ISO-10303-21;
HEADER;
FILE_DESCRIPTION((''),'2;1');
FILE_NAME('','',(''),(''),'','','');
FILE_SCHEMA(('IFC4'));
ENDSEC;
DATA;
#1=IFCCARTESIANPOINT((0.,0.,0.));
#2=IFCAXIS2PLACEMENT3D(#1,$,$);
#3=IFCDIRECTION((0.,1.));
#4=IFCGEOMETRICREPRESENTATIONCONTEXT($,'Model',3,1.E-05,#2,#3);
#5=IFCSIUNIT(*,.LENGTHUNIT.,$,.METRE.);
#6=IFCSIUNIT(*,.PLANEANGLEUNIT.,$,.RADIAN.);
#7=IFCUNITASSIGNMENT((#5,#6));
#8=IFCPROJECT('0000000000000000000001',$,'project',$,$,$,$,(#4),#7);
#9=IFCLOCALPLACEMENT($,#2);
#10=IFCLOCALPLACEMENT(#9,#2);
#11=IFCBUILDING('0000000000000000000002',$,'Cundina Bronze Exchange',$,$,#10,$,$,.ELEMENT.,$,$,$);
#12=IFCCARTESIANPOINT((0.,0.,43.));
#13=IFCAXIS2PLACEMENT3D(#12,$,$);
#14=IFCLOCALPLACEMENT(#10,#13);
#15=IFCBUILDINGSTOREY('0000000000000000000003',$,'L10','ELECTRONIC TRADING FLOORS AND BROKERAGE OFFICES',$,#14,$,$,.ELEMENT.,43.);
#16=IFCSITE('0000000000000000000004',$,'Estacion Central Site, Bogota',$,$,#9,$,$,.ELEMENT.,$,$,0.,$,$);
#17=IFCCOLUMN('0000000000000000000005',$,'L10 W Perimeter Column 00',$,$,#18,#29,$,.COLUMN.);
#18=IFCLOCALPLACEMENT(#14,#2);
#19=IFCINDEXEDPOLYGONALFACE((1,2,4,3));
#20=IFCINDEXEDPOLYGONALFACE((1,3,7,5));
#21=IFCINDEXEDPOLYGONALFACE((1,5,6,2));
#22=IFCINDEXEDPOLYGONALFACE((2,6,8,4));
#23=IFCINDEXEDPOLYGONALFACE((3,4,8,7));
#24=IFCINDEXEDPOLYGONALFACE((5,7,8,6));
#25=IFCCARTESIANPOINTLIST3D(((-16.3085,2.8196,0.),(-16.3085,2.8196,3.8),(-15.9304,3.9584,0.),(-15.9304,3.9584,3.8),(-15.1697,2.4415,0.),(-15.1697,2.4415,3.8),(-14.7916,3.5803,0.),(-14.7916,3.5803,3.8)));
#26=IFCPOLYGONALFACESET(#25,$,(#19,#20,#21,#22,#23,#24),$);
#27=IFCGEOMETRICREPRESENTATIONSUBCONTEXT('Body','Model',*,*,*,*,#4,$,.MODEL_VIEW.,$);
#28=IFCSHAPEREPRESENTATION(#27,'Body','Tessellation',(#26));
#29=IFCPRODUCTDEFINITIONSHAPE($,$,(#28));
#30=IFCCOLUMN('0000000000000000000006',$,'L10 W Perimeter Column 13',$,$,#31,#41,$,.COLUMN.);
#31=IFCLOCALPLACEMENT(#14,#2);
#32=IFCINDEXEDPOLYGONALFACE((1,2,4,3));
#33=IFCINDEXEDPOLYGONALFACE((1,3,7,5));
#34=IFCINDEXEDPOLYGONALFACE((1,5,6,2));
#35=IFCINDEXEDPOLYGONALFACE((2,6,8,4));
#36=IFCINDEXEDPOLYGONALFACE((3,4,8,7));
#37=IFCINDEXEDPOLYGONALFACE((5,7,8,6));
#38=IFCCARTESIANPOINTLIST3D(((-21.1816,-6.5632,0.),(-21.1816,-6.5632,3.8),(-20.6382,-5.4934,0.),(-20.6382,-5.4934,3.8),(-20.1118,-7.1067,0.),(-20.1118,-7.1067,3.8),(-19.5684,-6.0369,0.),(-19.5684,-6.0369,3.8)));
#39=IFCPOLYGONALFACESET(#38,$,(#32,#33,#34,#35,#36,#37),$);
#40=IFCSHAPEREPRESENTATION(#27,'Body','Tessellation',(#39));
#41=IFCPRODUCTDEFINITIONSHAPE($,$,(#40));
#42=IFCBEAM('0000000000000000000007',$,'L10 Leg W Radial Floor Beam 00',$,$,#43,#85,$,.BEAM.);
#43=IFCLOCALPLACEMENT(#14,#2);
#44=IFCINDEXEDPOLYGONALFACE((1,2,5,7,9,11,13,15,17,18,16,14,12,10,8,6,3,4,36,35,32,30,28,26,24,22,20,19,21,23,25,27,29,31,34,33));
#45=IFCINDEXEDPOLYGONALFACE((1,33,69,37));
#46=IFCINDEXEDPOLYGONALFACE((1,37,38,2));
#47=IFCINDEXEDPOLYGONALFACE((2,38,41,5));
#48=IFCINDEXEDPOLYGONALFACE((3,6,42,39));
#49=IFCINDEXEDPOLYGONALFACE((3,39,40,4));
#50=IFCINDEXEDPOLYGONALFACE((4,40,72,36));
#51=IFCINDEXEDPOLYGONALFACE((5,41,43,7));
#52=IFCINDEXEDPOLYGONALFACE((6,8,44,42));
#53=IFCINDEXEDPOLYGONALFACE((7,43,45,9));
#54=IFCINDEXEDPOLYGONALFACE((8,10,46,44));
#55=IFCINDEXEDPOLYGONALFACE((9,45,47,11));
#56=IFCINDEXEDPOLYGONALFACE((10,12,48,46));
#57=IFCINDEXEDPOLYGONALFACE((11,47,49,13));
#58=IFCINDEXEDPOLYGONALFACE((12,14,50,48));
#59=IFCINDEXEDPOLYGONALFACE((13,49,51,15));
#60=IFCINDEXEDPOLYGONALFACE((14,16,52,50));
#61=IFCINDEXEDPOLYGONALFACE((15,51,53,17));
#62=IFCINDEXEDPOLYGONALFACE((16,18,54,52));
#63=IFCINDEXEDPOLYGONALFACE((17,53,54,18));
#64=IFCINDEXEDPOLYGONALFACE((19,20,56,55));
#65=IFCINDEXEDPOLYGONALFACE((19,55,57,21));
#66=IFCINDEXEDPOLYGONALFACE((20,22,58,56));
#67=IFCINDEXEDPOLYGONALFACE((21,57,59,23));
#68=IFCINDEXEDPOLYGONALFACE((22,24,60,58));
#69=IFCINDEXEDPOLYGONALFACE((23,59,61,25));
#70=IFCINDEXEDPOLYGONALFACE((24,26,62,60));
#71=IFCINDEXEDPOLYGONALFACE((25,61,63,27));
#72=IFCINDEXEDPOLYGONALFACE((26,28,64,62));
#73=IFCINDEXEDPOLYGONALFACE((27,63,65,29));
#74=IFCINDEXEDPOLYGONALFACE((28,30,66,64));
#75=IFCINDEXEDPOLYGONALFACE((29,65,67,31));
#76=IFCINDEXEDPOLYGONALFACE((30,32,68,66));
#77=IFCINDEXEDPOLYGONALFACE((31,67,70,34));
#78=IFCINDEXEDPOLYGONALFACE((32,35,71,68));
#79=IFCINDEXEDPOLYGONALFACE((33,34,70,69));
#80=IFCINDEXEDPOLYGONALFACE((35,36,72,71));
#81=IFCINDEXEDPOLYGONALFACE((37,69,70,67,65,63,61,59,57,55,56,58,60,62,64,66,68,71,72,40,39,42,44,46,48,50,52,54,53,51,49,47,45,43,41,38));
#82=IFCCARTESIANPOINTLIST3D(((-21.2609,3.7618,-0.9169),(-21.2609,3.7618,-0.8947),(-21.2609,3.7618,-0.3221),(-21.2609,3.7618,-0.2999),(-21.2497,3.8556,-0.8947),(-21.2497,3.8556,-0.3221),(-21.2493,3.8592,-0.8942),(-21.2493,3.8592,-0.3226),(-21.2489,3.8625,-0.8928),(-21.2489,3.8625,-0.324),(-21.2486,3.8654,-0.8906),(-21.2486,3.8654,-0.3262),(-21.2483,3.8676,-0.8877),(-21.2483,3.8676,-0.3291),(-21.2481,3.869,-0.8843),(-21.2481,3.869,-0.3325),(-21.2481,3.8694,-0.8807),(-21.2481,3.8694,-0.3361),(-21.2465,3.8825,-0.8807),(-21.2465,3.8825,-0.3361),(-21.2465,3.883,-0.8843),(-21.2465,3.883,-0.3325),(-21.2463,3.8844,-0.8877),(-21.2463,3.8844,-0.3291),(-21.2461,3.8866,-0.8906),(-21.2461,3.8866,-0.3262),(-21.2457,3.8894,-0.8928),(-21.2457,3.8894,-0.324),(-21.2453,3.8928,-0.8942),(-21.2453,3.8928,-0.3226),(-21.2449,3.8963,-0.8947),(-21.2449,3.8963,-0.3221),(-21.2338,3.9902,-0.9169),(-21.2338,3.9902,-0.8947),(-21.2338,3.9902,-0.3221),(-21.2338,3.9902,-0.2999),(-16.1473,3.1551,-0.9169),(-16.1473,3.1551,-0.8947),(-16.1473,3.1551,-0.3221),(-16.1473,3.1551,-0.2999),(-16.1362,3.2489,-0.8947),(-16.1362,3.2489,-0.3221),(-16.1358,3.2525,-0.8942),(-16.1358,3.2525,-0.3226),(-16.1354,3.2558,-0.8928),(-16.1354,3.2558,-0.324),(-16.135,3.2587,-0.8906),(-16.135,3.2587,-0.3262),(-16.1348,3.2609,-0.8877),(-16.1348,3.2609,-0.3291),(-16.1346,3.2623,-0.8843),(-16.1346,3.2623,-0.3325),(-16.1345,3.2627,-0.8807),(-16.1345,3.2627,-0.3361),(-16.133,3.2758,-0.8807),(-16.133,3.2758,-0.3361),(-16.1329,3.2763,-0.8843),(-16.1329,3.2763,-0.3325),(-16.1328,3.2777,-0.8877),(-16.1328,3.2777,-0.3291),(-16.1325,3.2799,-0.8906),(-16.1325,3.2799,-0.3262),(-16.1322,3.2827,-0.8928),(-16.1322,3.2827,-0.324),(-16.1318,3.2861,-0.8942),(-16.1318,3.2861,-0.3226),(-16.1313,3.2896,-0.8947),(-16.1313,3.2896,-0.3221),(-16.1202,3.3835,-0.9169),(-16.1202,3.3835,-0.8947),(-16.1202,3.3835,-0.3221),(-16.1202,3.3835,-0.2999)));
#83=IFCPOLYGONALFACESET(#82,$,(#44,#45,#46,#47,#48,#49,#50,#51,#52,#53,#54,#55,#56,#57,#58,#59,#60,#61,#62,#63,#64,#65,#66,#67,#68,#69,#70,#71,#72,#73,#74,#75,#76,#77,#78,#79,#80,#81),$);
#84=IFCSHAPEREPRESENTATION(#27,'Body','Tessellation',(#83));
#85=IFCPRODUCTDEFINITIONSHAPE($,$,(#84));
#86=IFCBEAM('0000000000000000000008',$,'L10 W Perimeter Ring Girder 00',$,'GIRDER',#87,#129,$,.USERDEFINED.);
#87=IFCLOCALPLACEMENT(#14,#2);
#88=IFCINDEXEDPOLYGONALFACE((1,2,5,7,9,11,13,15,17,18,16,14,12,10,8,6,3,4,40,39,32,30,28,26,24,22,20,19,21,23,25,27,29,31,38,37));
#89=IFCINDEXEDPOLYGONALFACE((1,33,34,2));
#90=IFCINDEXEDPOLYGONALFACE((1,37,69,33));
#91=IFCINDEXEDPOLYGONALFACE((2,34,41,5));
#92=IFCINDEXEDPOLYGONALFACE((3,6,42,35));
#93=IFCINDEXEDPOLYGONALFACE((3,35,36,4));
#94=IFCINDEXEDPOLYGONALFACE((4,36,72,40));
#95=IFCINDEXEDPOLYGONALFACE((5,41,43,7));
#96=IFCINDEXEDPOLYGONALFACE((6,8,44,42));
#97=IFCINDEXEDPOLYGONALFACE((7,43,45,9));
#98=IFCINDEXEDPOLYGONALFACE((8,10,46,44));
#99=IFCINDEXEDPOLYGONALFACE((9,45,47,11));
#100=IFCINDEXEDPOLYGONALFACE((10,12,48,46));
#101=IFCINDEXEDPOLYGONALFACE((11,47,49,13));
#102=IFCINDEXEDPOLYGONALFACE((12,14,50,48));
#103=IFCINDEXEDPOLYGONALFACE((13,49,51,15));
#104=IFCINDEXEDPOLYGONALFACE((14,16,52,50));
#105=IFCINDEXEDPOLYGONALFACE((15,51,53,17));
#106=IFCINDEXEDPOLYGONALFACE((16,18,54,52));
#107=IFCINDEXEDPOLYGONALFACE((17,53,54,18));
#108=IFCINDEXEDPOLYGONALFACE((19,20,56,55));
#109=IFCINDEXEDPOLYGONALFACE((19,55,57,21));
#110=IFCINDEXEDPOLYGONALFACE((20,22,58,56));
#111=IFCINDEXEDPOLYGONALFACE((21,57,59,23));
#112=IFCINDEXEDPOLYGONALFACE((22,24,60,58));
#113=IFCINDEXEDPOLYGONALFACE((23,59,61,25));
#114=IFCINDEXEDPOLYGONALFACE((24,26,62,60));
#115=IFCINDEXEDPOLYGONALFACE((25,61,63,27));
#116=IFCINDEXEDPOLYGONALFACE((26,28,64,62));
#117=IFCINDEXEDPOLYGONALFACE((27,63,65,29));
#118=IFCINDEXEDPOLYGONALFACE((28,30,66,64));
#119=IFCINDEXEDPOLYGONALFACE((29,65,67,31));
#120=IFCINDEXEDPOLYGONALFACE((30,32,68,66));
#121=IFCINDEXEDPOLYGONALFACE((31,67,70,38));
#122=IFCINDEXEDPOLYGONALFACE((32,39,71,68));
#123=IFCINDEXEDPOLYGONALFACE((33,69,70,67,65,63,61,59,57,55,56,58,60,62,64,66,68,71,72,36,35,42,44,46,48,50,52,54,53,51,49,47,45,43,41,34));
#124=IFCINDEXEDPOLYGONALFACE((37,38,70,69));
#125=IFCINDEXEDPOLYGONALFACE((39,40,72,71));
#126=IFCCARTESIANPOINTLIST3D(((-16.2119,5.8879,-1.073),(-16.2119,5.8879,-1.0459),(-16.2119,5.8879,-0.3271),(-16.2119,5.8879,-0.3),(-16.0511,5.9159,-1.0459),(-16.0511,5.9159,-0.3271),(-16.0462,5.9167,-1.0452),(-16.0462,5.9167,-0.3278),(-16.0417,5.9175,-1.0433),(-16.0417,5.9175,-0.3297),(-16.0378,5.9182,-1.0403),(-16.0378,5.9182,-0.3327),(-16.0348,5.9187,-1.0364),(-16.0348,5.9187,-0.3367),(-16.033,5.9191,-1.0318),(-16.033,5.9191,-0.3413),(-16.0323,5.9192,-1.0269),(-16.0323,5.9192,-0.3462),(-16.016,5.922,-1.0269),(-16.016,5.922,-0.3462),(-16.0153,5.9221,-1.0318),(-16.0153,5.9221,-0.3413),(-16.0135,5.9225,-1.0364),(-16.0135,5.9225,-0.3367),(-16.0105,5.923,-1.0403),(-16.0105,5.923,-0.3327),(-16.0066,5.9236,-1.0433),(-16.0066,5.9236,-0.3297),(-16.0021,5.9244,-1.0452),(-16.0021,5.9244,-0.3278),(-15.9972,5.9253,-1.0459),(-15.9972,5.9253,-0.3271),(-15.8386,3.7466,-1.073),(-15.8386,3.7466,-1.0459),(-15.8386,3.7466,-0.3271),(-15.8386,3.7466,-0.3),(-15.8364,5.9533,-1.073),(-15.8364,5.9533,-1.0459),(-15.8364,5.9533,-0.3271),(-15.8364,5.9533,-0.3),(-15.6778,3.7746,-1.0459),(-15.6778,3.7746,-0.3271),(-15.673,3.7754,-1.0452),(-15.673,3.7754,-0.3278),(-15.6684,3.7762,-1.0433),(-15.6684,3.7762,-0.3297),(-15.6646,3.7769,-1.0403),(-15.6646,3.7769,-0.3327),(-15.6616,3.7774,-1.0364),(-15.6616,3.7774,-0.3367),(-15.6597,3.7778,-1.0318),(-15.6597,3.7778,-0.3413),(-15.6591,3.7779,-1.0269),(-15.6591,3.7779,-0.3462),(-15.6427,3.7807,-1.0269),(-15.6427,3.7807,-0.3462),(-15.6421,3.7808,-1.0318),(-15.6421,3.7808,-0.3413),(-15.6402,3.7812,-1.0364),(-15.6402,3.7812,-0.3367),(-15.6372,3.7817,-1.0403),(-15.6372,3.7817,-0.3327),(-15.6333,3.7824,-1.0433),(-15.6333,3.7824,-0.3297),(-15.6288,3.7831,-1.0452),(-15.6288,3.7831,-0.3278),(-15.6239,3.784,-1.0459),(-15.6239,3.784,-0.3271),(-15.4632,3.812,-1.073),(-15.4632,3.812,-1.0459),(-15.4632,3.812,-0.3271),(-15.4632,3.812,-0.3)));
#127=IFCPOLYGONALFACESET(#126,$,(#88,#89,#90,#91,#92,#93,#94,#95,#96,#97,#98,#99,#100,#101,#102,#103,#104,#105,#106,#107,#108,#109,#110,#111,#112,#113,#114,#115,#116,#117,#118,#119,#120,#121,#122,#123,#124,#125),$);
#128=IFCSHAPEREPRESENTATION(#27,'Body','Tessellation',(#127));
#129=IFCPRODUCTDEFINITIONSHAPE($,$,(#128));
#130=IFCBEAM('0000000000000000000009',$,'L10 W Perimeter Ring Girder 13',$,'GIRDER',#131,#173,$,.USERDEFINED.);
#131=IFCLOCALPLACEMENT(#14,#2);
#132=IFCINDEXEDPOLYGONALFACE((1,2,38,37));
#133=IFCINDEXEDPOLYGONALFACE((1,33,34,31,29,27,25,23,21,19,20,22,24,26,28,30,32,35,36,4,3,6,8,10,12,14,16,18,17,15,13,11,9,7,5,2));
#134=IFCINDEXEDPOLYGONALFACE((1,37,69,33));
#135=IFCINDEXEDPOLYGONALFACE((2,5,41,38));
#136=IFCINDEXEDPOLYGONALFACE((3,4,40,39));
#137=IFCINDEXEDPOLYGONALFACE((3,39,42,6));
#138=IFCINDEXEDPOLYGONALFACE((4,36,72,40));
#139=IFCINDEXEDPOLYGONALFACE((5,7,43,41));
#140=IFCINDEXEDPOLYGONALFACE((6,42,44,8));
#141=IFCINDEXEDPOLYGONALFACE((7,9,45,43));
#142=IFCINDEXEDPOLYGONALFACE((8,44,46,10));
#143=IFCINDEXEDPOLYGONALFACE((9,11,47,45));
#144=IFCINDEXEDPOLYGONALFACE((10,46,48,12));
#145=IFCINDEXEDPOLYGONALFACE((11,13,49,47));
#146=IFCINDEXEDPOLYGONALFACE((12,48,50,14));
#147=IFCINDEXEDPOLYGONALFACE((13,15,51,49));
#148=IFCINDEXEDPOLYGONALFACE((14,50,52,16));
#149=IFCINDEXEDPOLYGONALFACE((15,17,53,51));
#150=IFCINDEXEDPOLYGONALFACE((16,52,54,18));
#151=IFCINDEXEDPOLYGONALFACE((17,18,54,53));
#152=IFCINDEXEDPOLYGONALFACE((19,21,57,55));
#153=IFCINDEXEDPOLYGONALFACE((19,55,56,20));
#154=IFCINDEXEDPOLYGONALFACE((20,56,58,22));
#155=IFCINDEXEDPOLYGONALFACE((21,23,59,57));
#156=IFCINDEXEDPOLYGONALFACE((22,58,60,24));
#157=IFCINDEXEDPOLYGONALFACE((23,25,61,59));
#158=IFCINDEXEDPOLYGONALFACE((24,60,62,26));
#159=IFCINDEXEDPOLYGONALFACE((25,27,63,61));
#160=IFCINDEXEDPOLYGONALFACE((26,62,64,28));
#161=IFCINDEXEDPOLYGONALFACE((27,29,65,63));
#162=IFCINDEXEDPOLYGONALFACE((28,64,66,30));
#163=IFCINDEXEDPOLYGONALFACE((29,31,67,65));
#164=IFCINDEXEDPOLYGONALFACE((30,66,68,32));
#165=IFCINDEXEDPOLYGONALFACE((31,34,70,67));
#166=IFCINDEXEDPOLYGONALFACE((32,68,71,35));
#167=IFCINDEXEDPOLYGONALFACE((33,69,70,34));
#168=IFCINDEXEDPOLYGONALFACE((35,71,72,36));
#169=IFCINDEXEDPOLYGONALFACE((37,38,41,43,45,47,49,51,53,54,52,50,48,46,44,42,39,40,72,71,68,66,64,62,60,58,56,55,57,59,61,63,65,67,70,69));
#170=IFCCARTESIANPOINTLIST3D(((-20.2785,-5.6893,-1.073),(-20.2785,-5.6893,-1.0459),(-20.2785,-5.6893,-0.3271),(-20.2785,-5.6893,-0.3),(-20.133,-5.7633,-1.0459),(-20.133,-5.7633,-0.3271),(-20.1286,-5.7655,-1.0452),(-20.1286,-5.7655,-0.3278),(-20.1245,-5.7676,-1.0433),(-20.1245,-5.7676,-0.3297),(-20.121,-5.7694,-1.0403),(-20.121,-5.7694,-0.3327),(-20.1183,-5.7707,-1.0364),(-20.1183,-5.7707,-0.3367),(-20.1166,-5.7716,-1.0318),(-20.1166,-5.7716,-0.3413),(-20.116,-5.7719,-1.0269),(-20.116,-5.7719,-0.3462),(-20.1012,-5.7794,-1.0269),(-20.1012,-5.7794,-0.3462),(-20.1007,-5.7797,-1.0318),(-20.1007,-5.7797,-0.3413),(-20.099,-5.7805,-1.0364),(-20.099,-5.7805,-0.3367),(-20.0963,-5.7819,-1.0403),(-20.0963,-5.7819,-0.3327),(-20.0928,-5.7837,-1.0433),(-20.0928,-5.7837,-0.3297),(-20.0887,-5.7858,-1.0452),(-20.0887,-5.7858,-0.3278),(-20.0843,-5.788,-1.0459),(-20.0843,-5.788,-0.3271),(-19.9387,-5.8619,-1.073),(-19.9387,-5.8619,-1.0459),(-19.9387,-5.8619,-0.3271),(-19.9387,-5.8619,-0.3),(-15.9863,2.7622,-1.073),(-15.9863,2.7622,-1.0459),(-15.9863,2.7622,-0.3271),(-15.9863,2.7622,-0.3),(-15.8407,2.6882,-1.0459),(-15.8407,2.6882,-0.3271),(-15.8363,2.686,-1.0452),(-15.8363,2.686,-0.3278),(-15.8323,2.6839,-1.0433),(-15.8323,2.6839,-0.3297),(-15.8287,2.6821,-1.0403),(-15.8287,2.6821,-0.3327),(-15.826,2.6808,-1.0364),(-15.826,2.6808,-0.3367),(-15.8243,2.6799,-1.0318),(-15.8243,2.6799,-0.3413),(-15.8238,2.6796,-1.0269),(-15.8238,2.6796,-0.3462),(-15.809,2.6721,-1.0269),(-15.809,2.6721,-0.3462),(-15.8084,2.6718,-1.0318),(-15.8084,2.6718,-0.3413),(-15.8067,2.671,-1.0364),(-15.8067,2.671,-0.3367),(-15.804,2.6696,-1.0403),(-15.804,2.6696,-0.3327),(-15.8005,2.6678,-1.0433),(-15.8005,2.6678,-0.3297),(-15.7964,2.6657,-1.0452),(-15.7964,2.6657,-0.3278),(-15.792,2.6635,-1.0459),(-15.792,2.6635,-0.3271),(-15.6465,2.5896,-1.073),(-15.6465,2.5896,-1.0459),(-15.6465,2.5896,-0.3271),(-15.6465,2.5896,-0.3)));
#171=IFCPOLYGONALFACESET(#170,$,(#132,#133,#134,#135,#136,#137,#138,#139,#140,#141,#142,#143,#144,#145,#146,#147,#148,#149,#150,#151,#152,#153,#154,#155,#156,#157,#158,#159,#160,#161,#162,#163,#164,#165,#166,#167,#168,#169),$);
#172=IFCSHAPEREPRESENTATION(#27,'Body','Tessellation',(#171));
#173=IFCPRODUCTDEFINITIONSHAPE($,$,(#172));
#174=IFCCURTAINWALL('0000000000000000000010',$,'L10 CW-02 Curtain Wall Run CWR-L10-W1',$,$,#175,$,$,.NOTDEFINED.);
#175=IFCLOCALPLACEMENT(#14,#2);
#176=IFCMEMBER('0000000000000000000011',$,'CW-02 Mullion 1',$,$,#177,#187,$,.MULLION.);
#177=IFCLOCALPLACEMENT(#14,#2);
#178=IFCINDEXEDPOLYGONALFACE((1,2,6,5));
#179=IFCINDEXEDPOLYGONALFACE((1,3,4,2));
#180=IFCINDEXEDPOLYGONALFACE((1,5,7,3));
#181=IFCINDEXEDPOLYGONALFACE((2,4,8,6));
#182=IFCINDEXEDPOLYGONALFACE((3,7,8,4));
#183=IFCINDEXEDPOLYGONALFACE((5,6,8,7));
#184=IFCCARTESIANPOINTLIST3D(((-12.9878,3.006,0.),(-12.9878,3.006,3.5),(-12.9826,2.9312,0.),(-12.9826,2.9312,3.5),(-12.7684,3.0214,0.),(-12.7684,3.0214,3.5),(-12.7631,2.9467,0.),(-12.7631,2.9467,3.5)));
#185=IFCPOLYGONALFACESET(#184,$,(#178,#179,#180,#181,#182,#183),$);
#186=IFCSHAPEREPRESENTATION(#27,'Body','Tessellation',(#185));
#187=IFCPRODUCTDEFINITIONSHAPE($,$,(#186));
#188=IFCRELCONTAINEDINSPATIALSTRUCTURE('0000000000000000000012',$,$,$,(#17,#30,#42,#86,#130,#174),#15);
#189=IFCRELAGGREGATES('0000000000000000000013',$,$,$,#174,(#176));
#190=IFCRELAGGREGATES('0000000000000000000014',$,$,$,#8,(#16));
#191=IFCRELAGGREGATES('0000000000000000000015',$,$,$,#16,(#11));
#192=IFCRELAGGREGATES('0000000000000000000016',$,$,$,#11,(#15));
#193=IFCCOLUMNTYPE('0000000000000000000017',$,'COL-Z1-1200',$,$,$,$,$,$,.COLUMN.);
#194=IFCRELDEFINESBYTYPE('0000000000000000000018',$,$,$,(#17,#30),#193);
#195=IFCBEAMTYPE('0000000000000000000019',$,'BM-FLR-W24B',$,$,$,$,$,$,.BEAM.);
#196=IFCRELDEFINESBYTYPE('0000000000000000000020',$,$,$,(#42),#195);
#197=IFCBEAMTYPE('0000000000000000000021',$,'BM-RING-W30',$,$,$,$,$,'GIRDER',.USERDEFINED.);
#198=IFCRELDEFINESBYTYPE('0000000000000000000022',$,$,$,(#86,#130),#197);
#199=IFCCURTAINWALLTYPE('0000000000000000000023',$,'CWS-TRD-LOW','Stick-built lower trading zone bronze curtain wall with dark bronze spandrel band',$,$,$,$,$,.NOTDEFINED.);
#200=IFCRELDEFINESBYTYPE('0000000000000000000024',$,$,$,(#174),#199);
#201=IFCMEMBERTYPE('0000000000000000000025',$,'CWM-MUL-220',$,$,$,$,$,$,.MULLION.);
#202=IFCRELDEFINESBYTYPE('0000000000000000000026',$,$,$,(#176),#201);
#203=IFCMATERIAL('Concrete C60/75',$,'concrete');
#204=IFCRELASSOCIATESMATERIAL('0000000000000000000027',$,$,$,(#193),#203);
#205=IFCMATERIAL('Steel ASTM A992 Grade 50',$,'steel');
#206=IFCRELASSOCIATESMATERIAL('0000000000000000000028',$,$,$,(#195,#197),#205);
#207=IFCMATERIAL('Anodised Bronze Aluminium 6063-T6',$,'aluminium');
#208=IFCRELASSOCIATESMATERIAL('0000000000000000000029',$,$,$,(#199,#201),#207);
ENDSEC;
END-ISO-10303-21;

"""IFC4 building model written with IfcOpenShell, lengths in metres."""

from ifc_helpers import new_model, si_unit, direction, frame, origin, origin_2d, place, context, subcontext, project, spatial, rectangle, i_section, extrude, material, material_profile, profile_set, type_object, element, aggregate, save


model = new_model("IFC4")

# Units and contexts
model_context = context("Model", 3, precision=1e-05, world=origin(), true_north=direction((0.0, 1.0)))
body_context = subcontext(model_context, "Body", "Model", "MODEL_VIEW")
ifc_project = project(units=[si_unit("LENGTHUNIT", "METRE"), si_unit("PLANEANGLEUNIT", "RADIAN")], contexts=[model_context])

# Site, building, storey
site_placement = place(None, origin())
site = spatial("IfcSite", under=ifc_project, at=site_placement, Name="Estacion Central Site, Bogota", CompositionType="ELEMENT", RefElevation=0.0)
building_placement = place(site_placement, origin())
building = spatial("IfcBuilding", under=site, at=building_placement, Name="Cundina Bronze Exchange", CompositionType="ELEMENT")
storey_placement = place(building_placement, frame((0.0, 0.0, 43.0)))
storey = spatial("IfcBuildingStorey", under=building, at=storey_placement, Name="L10", Description="ELECTRONIC TRADING FLOORS AND BROKERAGE OFFICES", CompositionType="ELEMENT", Elevation=43.0)

# Columns
ifc_material_1 = material(Name="Concrete C60/75", Category="concrete")
ifc_material_profile_1 = material_profile(ifc_material_1, rectangle(XDim=1.2, YDim=1.2, at=origin_2d()), Name="RC1200X1200", Category="concrete")
ifc_profile_set_1 = profile_set([ifc_material_profile_1], Name="Concrete C60/75")
column_type = type_object("IfcColumnType", Name="COL-Z1-1200", PredefinedType="COLUMN", material=ifc_profile_set_1)
for number, where, z_axis, x_axis, name in (
    (1, (-15.55, 3.2, 0.0), (0.0, 0.0, 1.0), (0.315152, 0.949041, 0.0), "L10 W Perimeter Column 00"),
    (2, (-20.375, -6.3, 0.0), (0.0, 0.0, 1.0), (0.452902, 0.891561, 0.0), "L10 W Perimeter Column 13"),
):
    element("IfcColumn", number, at=place(storey_placement, frame(where, z_axis=z_axis, x_axis=x_axis)), inside=storey, type_object=column_type, Name=name, PredefinedType="COLUMN", context=body_context, shape_type="SweptSolid", body=[
        extrude(rectangle(XDim=1.2, YDim=1.2, at=origin_2d()), origin(), (0.0, 0.0, 1.0), 3.8),
    ])

# Beams
ifc_material_2 = material(Name="Steel ASTM A992 Grade 50", Category="steel")
ifc_material_profile_2 = material_profile(ifc_material_2, i_section(OverallWidth=0.23, OverallDepth=0.6169, WebThickness=0.0132, FlangeThickness=0.0222, FilletRadius=0.0139, at=origin_2d()), Name="W24X94", Category="steel")
ifc_profile_set_2 = profile_set([ifc_material_profile_2], Name="Steel ASTM A992 Grade 50")
beam_type_1 = type_object("IfcBeamType", Name="BM-FLR-W24B", PredefinedType="BEAM", material=ifc_profile_set_2)
beam_1_placement = place(storey_placement, frame((-21.2473, 3.876, -0.6084), z_axis=(0.993035, -0.117818, 0.0), x_axis=(0.117818, 0.993035, 0.0)))
element("IfcBeam", 3, at=beam_1_placement, inside=storey, type_object=beam_type_1, Name="L10 Leg W Radial Floor Beam 00", PredefinedType="BEAM", context=body_context, shape_type="SweptSolid", body=[
    extrude(i_section(OverallWidth=0.23, OverallDepth=0.6169, WebThickness=0.0132, FlangeThickness=0.0222, FilletRadius=0.0139, at=origin_2d()), origin(), (0.0, 0.0, 1.0), 5.1494),
])
ifc_material_profile_3 = material_profile(ifc_material_2, i_section(OverallWidth=0.3811, OverallDepth=0.7729, WebThickness=0.0166, FlangeThickness=0.0271, FilletRadius=0.019, at=origin_2d()), Name="W30X173", Category="steel")
ifc_profile_set_3 = profile_set([ifc_material_profile_3], Name="Steel ASTM A992 Grade 50")
beam_type_2 = type_object("IfcBeamType", Name="BM-RING-W30", ElementType="GIRDER", PredefinedType="USERDEFINED", material=ifc_profile_set_3)
beam_2_placement = place(storey_placement, frame((-15.6509, 3.7793, -0.6865), z_axis=(-0.171735, 0.985143, 0.0), x_axis=(-0.985143, -0.171735, 0.0)))
element("IfcBeam", 4, at=beam_2_placement, inside=storey, type_object=beam_type_2, Name="L10 W Perimeter Ring Girder 00", ObjectType="GIRDER", PredefinedType="USERDEFINED", context=body_context, shape_type="SweptSolid", body=[
    extrude(i_section(OverallWidth=0.3811, OverallDepth=0.7729, WebThickness=0.0166, FlangeThickness=0.0271, FilletRadius=0.019, at=origin_2d()), origin(), (0.0, 0.0, 1.0), 2.1736),
])
beam_3_placement = place(storey_placement, frame((-20.1086, -5.7756, -0.6865), z_axis=(0.45282, 0.891602, 0.0), x_axis=(-0.891602, 0.45282, 0.0)))
element("IfcBeam", 5, at=beam_3_placement, inside=storey, type_object=beam_type_2, Name="L10 W Perimeter Ring Girder 13", ObjectType="GIRDER", PredefinedType="USERDEFINED", context=body_context, shape_type="SweptSolid", body=[
    extrude(i_section(OverallWidth=0.3811, OverallDepth=0.7729, WebThickness=0.0166, FlangeThickness=0.0271, FilletRadius=0.019, at=origin_2d()), origin(), (0.0, 0.0, 1.0), 9.479),
])

# Curtain wall, member
ifc_material_3 = material(Name="Anodised Bronze Aluminium 6063-T6", Category="aluminium")
curtain_wall_type = type_object("IfcCurtainWallType", Name="CWS-TRD-LOW", Description="Stick-built lower trading zone bronze curtain wall with dark bronze spandrel band", PredefinedType="NOTDEFINED", material=ifc_material_3)
curtain_wall_1_placement = place(storey_placement, origin())
curtain_wall_1 = element("IfcCurtainWall", 6, at=curtain_wall_1_placement, inside=storey, type_object=curtain_wall_type, Name="L10 CW-02 Curtain Wall Run CWR-L10-W1", PredefinedType="NOTDEFINED")
ifc_material_profile_4 = material_profile(ifc_material_3, rectangle(XDim=0.075, YDim=0.22, at=origin_2d()), Name="AL75X220", Category="aluminium")
ifc_profile_set_4 = profile_set([ifc_material_profile_4], Name="Anodised Bronze Aluminium 6063-T6")
member_type_1 = type_object("IfcMemberType", Name="CWM-MUL-220", PredefinedType="MULLION", material=ifc_profile_set_4)
member_1_placement = place(storey_placement, frame((-12.8755, 2.9763, 0.0), z_axis=(0.0, 0.0, 1.0), x_axis=(-0.070279, 0.997527, 0.0)))
member_1 = element("IfcMember", 7, at=member_1_placement, type_object=member_type_1, Name="CW-02 Mullion 1", PredefinedType="MULLION", context=body_context, shape_type="SweptSolid", body=[
    extrude(rectangle(XDim=0.075, YDim=0.22, at=origin_2d()), origin(), (0.0, 0.0, 1.0), 3.5),
])

aggregate(curtain_wall_1, [member_1])

save(model, "model.ifc")
